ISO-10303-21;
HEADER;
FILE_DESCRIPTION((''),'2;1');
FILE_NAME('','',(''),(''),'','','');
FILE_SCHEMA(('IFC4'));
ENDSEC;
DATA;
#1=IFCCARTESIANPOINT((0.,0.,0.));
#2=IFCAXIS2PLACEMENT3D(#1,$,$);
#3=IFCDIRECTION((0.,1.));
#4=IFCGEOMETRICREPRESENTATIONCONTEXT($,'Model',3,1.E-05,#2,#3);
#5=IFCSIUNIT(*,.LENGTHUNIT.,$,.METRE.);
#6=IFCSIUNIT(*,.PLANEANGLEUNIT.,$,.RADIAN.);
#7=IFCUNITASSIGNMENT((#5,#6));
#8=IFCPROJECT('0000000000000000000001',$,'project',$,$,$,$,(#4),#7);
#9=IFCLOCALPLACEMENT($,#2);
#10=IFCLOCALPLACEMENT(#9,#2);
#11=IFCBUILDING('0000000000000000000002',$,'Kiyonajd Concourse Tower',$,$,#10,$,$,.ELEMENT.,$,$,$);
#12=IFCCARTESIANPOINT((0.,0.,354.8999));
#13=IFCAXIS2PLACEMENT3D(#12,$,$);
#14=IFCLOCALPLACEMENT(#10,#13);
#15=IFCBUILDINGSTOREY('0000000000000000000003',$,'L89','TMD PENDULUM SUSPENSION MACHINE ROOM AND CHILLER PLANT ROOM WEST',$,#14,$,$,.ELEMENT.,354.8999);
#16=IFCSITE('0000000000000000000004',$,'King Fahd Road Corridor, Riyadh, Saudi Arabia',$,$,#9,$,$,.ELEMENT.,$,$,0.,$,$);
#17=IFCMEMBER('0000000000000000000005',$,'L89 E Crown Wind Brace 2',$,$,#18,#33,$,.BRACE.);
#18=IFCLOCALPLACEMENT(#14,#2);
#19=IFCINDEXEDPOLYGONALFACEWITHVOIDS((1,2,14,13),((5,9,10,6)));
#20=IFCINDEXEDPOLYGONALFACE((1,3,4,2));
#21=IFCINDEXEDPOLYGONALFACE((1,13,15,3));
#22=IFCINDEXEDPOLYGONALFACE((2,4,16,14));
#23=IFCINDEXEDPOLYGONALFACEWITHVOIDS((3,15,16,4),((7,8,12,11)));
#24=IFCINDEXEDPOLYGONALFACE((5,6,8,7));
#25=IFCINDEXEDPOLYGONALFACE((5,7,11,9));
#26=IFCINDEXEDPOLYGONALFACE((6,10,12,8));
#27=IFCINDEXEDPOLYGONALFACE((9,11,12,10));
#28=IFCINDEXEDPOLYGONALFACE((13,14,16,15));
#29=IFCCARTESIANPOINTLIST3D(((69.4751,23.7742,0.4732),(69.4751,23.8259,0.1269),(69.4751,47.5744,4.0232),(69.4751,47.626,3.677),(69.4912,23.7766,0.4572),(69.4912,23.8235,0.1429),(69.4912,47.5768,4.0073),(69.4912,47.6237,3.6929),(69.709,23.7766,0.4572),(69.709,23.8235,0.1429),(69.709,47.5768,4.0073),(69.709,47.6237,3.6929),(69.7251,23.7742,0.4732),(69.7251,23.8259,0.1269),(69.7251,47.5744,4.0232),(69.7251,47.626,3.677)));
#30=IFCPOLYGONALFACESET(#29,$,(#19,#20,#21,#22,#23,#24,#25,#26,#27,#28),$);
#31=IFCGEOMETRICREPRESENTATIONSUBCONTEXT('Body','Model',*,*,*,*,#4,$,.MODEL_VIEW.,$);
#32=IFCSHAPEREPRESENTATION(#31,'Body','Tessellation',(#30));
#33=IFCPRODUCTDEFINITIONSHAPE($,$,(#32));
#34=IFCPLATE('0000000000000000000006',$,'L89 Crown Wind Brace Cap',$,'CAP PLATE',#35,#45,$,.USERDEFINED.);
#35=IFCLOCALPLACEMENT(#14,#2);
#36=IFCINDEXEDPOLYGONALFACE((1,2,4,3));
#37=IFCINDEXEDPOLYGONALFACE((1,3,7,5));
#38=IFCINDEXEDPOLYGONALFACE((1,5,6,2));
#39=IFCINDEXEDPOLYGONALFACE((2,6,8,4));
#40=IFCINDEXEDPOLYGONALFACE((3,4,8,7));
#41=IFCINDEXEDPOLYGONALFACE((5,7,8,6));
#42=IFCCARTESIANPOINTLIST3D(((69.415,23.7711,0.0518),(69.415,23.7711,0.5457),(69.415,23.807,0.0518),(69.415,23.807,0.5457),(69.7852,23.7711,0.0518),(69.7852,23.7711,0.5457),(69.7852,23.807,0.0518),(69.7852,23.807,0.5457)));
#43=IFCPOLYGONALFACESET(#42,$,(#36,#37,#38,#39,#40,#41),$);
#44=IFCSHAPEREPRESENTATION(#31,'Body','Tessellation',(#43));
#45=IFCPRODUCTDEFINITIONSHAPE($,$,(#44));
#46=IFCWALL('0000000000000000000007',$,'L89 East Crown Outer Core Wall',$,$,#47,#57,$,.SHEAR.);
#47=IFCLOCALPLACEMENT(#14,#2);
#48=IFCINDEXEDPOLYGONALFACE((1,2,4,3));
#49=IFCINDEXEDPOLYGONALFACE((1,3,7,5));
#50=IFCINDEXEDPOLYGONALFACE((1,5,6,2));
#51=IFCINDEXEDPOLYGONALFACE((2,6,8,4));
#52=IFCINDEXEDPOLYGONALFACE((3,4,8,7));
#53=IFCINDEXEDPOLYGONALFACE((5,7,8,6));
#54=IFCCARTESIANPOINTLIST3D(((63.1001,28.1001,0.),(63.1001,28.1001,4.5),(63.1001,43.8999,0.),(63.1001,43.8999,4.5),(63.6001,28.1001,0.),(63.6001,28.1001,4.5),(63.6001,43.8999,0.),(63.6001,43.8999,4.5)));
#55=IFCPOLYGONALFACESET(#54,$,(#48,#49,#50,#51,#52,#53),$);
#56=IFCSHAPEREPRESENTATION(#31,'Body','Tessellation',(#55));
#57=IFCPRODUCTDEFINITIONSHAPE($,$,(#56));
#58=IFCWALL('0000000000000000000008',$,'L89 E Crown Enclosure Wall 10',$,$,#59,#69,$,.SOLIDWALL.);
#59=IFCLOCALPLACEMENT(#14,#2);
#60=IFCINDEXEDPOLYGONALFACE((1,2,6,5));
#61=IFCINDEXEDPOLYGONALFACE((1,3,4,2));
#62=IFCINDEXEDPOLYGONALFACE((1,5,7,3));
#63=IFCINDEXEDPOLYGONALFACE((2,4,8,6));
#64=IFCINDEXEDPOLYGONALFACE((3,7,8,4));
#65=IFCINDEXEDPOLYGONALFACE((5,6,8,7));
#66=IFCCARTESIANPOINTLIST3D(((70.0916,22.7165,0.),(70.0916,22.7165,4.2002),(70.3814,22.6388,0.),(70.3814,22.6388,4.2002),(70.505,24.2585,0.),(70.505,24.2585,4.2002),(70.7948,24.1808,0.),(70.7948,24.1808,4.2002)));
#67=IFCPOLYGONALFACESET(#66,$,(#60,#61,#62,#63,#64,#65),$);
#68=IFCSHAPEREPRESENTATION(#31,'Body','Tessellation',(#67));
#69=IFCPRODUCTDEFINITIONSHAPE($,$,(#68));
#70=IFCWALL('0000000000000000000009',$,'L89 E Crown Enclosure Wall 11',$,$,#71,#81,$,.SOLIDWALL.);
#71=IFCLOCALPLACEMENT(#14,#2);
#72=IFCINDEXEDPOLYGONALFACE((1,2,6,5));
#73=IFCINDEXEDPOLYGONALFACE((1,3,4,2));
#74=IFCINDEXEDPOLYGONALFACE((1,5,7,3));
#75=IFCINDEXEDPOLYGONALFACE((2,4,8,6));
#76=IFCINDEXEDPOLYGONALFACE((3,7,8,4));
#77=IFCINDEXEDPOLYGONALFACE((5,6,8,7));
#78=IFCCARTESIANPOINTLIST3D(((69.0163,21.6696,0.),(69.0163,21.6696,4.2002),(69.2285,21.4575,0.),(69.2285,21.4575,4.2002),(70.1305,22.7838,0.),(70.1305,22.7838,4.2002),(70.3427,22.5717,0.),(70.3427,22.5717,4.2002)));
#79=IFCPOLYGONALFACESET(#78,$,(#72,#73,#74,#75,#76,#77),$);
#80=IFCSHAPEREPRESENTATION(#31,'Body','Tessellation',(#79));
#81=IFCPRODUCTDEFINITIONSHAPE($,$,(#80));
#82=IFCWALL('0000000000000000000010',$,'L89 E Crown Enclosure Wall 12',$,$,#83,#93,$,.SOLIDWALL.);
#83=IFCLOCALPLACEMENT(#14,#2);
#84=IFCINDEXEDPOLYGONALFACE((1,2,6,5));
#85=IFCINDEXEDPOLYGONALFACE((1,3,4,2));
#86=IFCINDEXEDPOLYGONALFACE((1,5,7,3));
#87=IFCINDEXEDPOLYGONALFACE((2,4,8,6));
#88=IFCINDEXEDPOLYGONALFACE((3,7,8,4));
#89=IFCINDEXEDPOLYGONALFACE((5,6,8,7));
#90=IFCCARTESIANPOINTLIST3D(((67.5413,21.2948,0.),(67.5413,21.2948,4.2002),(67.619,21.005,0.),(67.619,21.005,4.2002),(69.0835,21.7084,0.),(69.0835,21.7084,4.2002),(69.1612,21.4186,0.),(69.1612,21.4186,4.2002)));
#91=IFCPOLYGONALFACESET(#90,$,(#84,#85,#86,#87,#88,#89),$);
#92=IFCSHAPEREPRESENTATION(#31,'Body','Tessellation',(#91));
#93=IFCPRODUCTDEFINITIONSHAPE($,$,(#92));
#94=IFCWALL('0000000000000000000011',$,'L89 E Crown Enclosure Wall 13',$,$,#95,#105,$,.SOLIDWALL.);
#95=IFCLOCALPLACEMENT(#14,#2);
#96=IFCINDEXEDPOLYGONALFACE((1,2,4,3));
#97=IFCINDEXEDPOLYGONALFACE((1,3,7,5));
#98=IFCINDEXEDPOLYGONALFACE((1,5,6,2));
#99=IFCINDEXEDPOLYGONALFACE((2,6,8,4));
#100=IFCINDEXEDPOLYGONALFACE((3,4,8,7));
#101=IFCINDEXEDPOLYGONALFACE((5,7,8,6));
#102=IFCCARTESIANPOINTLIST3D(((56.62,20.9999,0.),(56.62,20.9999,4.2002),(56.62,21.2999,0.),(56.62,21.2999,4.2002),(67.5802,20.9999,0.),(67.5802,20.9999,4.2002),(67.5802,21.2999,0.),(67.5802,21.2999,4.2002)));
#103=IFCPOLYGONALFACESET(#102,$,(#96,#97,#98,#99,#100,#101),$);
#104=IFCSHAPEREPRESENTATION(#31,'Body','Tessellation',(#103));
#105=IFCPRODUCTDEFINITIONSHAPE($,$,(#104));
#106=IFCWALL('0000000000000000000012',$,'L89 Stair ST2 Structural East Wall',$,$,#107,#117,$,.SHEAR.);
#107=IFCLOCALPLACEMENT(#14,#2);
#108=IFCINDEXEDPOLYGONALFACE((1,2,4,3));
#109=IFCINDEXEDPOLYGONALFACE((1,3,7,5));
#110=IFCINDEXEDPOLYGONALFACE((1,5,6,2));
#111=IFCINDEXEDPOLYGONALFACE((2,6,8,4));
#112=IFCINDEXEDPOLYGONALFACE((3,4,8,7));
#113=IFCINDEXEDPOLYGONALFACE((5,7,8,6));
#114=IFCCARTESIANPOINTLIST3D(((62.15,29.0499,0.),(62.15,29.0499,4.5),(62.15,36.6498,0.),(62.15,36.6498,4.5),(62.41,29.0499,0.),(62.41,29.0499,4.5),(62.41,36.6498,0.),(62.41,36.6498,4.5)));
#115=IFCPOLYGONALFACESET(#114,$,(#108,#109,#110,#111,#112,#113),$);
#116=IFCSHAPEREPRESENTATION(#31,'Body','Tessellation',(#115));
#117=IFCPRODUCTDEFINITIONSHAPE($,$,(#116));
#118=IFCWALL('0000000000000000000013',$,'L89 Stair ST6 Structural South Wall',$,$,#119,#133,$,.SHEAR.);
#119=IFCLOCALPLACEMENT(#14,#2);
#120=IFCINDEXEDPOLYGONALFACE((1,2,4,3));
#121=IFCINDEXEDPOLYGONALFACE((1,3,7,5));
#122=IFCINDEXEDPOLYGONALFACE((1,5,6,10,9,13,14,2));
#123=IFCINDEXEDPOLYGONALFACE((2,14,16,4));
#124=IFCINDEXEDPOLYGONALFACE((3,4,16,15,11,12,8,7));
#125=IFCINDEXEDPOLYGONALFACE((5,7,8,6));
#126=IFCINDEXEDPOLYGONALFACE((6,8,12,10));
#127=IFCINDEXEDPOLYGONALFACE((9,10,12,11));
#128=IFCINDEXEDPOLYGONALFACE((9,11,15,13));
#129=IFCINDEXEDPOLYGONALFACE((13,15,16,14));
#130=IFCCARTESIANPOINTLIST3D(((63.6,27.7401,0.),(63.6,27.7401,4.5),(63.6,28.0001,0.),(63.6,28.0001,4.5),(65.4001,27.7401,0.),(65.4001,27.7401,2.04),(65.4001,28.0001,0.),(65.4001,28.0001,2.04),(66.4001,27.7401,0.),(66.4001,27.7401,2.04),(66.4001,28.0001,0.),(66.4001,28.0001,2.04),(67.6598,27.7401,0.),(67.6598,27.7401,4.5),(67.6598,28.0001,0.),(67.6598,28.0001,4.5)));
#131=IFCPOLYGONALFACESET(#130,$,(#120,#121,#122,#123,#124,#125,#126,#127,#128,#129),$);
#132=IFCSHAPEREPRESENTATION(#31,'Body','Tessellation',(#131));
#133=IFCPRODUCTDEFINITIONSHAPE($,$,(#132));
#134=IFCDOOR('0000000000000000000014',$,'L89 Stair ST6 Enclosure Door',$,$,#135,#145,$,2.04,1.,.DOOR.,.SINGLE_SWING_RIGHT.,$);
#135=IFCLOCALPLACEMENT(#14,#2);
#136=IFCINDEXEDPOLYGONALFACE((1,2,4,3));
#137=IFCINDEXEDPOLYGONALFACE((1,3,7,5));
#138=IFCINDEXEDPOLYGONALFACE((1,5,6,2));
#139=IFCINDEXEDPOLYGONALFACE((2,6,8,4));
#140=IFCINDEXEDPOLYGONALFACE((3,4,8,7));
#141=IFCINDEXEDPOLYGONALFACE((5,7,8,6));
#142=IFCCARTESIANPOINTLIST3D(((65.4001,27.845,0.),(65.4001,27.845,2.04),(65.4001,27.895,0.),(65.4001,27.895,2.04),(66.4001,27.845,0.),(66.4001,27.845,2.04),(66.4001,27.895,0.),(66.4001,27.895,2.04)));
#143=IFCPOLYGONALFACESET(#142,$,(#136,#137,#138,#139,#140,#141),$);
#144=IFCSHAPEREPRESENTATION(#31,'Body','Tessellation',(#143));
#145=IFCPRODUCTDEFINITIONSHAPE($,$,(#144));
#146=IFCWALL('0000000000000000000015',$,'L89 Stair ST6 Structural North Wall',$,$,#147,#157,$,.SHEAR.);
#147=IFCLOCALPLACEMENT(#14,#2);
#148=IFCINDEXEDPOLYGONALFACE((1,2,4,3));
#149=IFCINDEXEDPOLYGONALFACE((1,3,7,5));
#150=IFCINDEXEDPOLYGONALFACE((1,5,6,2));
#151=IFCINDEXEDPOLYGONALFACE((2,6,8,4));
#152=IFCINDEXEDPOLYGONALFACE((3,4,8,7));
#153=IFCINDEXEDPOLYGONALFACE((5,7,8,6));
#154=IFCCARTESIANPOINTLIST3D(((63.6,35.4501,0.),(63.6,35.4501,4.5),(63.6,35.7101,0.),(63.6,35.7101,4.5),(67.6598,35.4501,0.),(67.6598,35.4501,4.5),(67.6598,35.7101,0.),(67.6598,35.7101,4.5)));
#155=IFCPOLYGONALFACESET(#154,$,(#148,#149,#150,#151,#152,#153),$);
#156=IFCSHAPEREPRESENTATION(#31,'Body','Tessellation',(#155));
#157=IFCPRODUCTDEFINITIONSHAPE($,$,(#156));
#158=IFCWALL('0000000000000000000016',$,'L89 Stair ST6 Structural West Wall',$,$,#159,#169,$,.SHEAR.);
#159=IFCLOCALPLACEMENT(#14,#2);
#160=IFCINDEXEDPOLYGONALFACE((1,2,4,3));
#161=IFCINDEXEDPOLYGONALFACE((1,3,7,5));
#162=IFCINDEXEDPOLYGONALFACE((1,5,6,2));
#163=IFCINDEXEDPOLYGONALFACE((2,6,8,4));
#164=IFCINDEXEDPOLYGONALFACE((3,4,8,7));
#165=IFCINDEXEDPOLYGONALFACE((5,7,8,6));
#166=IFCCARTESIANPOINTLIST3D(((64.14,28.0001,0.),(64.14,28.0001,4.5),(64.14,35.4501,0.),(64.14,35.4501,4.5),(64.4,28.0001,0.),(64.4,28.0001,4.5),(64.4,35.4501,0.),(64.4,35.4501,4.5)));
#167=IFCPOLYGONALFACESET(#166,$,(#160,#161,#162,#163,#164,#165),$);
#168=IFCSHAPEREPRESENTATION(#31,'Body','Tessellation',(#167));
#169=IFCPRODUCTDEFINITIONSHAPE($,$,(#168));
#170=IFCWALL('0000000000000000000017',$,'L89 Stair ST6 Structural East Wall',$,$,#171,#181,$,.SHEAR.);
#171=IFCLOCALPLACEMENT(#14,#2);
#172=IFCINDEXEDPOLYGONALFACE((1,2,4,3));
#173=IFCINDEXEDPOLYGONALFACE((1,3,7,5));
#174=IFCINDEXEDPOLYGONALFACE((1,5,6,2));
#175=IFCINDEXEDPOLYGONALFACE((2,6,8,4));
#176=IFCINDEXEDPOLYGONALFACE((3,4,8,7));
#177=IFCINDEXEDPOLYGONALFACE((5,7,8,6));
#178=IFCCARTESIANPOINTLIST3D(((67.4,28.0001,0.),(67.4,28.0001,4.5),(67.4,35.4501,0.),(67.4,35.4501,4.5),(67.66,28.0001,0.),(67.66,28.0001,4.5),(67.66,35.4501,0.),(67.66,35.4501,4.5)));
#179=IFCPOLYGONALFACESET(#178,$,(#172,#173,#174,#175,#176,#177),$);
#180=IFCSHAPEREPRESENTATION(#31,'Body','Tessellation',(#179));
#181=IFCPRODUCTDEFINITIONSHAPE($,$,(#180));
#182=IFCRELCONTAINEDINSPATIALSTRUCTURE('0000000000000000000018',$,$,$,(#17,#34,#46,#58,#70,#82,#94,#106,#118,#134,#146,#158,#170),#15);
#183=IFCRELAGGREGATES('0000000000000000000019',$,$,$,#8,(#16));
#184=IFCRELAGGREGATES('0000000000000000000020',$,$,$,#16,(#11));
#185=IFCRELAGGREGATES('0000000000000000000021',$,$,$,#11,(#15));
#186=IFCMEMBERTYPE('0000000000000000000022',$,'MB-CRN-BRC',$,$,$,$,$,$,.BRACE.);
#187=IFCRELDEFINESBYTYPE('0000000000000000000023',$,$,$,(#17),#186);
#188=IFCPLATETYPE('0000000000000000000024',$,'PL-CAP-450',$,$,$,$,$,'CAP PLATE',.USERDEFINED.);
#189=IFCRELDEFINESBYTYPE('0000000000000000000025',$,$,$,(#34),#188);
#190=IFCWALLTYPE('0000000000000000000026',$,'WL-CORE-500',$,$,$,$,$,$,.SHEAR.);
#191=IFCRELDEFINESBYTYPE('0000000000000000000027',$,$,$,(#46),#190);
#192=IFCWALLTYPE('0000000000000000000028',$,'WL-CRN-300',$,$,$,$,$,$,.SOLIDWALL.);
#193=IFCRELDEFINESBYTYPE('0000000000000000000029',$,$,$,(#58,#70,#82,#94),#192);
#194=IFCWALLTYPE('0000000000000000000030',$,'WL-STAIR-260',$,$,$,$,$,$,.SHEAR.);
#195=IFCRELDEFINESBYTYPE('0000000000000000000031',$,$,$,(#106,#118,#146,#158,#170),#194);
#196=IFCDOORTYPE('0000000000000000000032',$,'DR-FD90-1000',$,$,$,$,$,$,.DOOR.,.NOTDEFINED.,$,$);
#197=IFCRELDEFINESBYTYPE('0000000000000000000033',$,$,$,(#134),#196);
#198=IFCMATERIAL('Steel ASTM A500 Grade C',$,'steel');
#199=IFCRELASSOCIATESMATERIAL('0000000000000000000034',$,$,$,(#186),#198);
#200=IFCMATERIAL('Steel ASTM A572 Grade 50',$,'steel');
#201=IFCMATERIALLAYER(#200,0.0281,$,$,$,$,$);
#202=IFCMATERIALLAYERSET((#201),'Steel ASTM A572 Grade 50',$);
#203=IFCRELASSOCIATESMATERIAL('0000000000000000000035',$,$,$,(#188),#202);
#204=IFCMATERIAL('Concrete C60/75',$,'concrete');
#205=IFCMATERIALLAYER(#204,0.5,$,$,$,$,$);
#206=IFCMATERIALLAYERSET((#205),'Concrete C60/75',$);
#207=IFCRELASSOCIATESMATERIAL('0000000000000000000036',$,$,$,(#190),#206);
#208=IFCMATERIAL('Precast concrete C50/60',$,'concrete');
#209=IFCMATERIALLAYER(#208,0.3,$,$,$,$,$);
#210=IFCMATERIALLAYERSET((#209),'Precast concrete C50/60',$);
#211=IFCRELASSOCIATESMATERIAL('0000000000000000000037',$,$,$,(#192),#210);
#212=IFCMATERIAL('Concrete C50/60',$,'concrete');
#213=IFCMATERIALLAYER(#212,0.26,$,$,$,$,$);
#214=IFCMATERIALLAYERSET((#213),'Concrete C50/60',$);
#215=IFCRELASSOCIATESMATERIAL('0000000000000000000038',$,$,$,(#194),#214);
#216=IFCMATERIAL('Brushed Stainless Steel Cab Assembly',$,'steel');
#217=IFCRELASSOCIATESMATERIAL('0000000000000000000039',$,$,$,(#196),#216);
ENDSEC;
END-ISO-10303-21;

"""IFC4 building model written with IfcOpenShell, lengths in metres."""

from ifc_helpers import new_model, si_unit, direction, frame, frame_2d, origin, origin_2d, place, context, subcontext, project, spatial, rectangle, hollow_rectangle, extrude, material, layer, layer_set, material_profile, profile_set, type_object, element, fill, save


model = new_model("IFC4")

# Units and contexts
model_context = context("Model", 3, precision=1e-05, world=origin(), true_north=direction((0.0, 1.0)))
body_context = subcontext(model_context, "Body", "Model", "MODEL_VIEW")
ifc_project = project(units=[si_unit("LENGTHUNIT", "METRE"), si_unit("PLANEANGLEUNIT", "RADIAN")], contexts=[model_context])

# Site, building, storey
site_placement = place(None, origin())
site = spatial("IfcSite", under=ifc_project, at=site_placement, Name="King Fahd Road Corridor, Riyadh, Saudi Arabia", CompositionType="ELEMENT", RefElevation=0.0)
building_placement = place(site_placement, origin())
building = spatial("IfcBuilding", under=site, at=building_placement, Name="Kiyonajd Concourse Tower", CompositionType="ELEMENT")
storey_placement = place(building_placement, frame((0.0, 0.0, 354.8999)))
storey = spatial("IfcBuildingStorey", under=building, at=storey_placement, Name="L89", Description="TMD PENDULUM SUSPENSION MACHINE ROOM AND CHILLER PLANT ROOM WEST", CompositionType="ELEMENT", Elevation=354.8999)

# Shared definitions
ifc_material_1 = material(Name="Steel ASTM A572 Grade 50", Category="steel")

# Shared definitions
ifc_material_2 = material(Name="Concrete C50/60", Category="concrete")

# Member
ifc_material_3 = material(Name="Steel ASTM A500 Grade C", Category="steel")
ifc_material_profile_1 = material_profile(ifc_material_3, hollow_rectangle(XDim=0.25, YDim=0.3501, WallThickness=0.0161, at=origin_2d()), Name="HSS-350x250x16")
ifc_profile_set_1 = profile_set([ifc_material_profile_1], Name="Steel ASTM A500 Grade C")
member_type = type_object("IfcMemberType", Name="MB-CRN-BRC", PredefinedType="BRACE", material=ifc_profile_set_1)
member_placement = place(storey_placement, frame((69.6001, 23.8, 0.3), z_axis=(0.0, 0.989058, 0.147529), x_axis=(-1.0, 0.0, 0.0)))
element("IfcMember", 1, at=member_placement, inside=storey, type_object=member_type, Name="L89 E Crown Wind Brace 2", PredefinedType="BRACE", context=body_context, shape_type="SweptSolid", body=[
    extrude(hollow_rectangle(XDim=0.25, YDim=0.3501, WallThickness=0.0161, at=origin_2d()), origin(), (0.0, 0.0, 1.0), 24.0635),
])

# Plate
ifc_layer_1 = layer(ifc_material_1, 0.0281)
ifc_layer_set_1 = layer_set([ifc_layer_1], Name="Steel ASTM A572 Grade 50")
plate_type = type_object("IfcPlateType", Name="PL-CAP-450", ElementType="CAP PLATE", PredefinedType="USERDEFINED", material=ifc_layer_set_1)
plate_placement = place(storey_placement, frame((69.6001, 23.7891, 0.0518), z_axis=(0.0, 0.0, 1.0), x_axis=(0.0, -1.0, 0.0)))
element("IfcPlate", 2, at=plate_placement, inside=storey, type_object=plate_type, Name="L89 Crown Wind Brace Cap", ObjectType="CAP PLATE", PredefinedType="USERDEFINED", context=body_context, shape_type="SweptSolid", body=[
    extrude(rectangle(XDim=0.0359, YDim=0.3701, at=origin_2d()), origin(), (0.0, 0.0, 1.0), 0.4939),
])

# Walls
ifc_material_4 = material(Name="Concrete C60/75", Category="concrete")
ifc_layer_2 = layer(ifc_material_4, 0.5)
ifc_layer_set_2 = layer_set([ifc_layer_2], Name="Concrete C60/75")
wall_type_1 = type_object("IfcWallType", Name="WL-CORE-500", PredefinedType="SHEAR", material=ifc_layer_set_2)
wall_1_placement = place(storey_placement, frame((63.3501, 28.1001, 0.0), z_axis=(0.0, 0.0, 1.0), x_axis=(0.0, 1.0, 0.0)))
element("IfcWall", 3, at=wall_1_placement, inside=storey, type_object=wall_type_1, Name="L89 East Crown Outer Core Wall", PredefinedType="SHEAR", context=body_context, shape_type="SweptSolid", body=[
    extrude(rectangle(XDim=15.7998, YDim=0.5, at=frame_2d((7.8999, 0.0))), origin(), (0.0, 0.0, 1.0), 4.5),
])
ifc_material_5 = material(Name="Precast concrete C50/60", Category="concrete")
ifc_layer_3 = layer(ifc_material_5, 0.3)
ifc_layer_set_3 = layer_set([ifc_layer_3], Name="Precast concrete C50/60")
wall_type_2 = type_object("IfcWallType", Name="WL-CRN-300", PredefinedType="SOLIDWALL", material=ifc_layer_set_3)
wall_2_placement = place(storey_placement, frame((70.6499, 24.2197, 0.0), z_axis=(0.0, 0.0, 1.0), x_axis=(-0.258909, -0.965902, 0.0)))
element("IfcWall", 4, at=wall_2_placement, inside=storey, type_object=wall_type_2, Name="L89 E Crown Enclosure Wall 10", PredefinedType="SOLIDWALL", context=body_context, shape_type="SweptSolid", body=[
    extrude(rectangle(XDim=1.5964, YDim=0.3, at=frame_2d((0.7983, 0.0))), origin(), (0.0, 0.0, 1.0), 4.2002),
])
wall_3_placement = place(storey_placement, frame((70.2366, 22.6777, 0.0), z_axis=(0.0, 0.0, 1.0), x_axis=(-0.707107, -0.707107, 0.0)))
element("IfcWall", 5, at=wall_3_placement, inside=storey, type_object=wall_type_2, Name="L89 E Crown Enclosure Wall 11", PredefinedType="SOLIDWALL", context=body_context, shape_type="SweptSolid", body=[
    extrude(rectangle(XDim=1.5757, YDim=0.3, at=frame_2d((0.7878, 0.0))), origin(), (0.0, 0.0, 1.0), 4.2002),
])
wall_4_placement = place(storey_placement, frame((69.1223, 21.5635, 0.0), z_axis=(0.0, 0.0, 1.0), x_axis=(-0.965874, -0.259014, 0.0)))
element("IfcWall", 6, at=wall_4_placement, inside=storey, type_object=wall_type_2, Name="L89 E Crown Enclosure Wall 12", PredefinedType="SOLIDWALL", context=body_context, shape_type="SweptSolid", body=[
    extrude(rectangle(XDim=1.5967, YDim=0.3, at=frame_2d((0.7983, 0.0))), origin(), (0.0, 0.0, 1.0), 4.2002),
])
wall_5_placement = place(storey_placement, frame((67.5801, 21.1499, 0.0), z_axis=(0.0, 0.0, 1.0), x_axis=(-1.0, 0.0, 0.0)))
element("IfcWall", 7, at=wall_5_placement, inside=storey, type_object=wall_type_2, Name="L89 E Crown Enclosure Wall 13", PredefinedType="SOLIDWALL", context=body_context, shape_type="SweptSolid", body=[
    extrude(rectangle(XDim=10.9602, YDim=0.3, at=frame_2d((5.48, 0.0))), origin(), (0.0, 0.0, 1.0), 4.2002),
])
ifc_layer_4 = layer(ifc_material_2, 0.26)
ifc_layer_set_4 = layer_set([ifc_layer_4], Name="Concrete C50/60")
wall_type_3 = type_object("IfcWallType", Name="WL-STAIR-260", PredefinedType="SHEAR", material=ifc_layer_set_4)
wall_6_placement = place(storey_placement, frame((62.28, 29.05, 0.0), z_axis=(0.0, 0.0, 1.0), x_axis=(0.0, 1.0, 0.0)))
element("IfcWall", 8, at=wall_6_placement, inside=storey, type_object=wall_type_3, Name="L89 Stair ST2 Structural East Wall", PredefinedType="SHEAR", context=body_context, shape_type="SweptSolid", body=[
    extrude(rectangle(XDim=7.5999, YDim=0.26, at=frame_2d((3.7998, 0.0))), origin(), (0.0, 0.0, 1.0), 4.5),
])

# Wall, opening, door
wall_7_placement = place(storey_placement, frame((63.6001, 27.8701, 0.0), z_axis=(0.0, 0.0, 1.0), x_axis=(1.0, 0.0, 0.0)))
wall_7 = element("IfcWall", 9, at=wall_7_placement, inside=storey, type_object=wall_type_3, Name="L89 Stair ST6 Structural South Wall", PredefinedType="SHEAR", context=body_context, shape_type="SweptSolid", body=[
    extrude(rectangle(XDim=4.0598, YDim=0.26, at=frame_2d((2.0298, 0.0))), origin(), (0.0, 0.0, 1.0), 4.5),
])
opening_placement = place(wall_7_placement, frame((1.8, 0.0, 0.0)))
opening = element("IfcOpeningElement", 10, at=opening_placement, cuts=wall_7, PredefinedType="OPENING", context=body_context, shape_type="SweptSolid", body=[
    extrude(rectangle(XDim=1.0, YDim=2.04, at=frame_2d((0.5, 1.02))), frame((0.0, 0.1399, 0.0), z_axis=(0.0, -1.0, 0.0), x_axis=(1.0, 0.0, 0.0)), (0.0, 0.0, 1.0), 0.28),
])
ifc_material_6 = material(Name="Brushed Stainless Steel Cab Assembly", Category="steel")
door_type = type_object("IfcDoorType", Name="DR-FD90-1000", OperationType="NOTDEFINED", PredefinedType="DOOR", material=ifc_material_6)
door_placement = place(opening_placement, origin())
door = element("IfcDoor", 11, at=door_placement, inside=storey, type_object=door_type, Name="L89 Stair ST6 Enclosure Door", OperationType="SINGLE_SWING_RIGHT", OverallHeight=2.04, OverallWidth=1.0, PredefinedType="DOOR", context=body_context, shape_type="SweptSolid", body=[
    extrude(rectangle(XDim=1.0, YDim=2.04, at=frame_2d((0.5, 1.02))), frame((0.0, 0.0249, 0.0), z_axis=(0.0, -1.0, 0.0), x_axis=(1.0, 0.0, 0.0)), (0.0, 0.0, 1.0), 0.05),
])
fill(opening, door)

# Walls
wall_8_placement = place(storey_placement, frame((63.6001, 35.5801, 0.0), z_axis=(0.0, 0.0, 1.0), x_axis=(1.0, 0.0, 0.0)))
element("IfcWall", 12, at=wall_8_placement, inside=storey, type_object=wall_type_3, Name="L89 Stair ST6 Structural North Wall", PredefinedType="SHEAR", context=body_context, shape_type="SweptSolid", body=[
    extrude(rectangle(XDim=4.0598, YDim=0.26, at=frame_2d((2.0298, 0.0))), origin(), (0.0, 0.0, 1.0), 4.5),
])
for number, where, z_axis, x_axis, name in (
    (13, (64.27, 28.0, 0.0), (0.0, 0.0, 1.0), (0.0, 1.0, 0.0), "L89 Stair ST6 Structural West Wall"),
    (14, (67.53, 28.0, 0.0), (0.0, 0.0, 1.0), (0.0, 1.0, 0.0), "L89 Stair ST6 Structural East Wall"),
):
    element("IfcWall", number, at=place(storey_placement, frame(where, z_axis=z_axis, x_axis=x_axis)), inside=storey, type_object=wall_type_3, Name=name, PredefinedType="SHEAR", context=body_context, shape_type="SweptSolid", body=[
        extrude(rectangle(XDim=7.45, YDim=0.26, at=frame_2d((3.7251, 0.0))), origin(), (0.0, 0.0, 1.0), 4.5),
    ])

save(model, "model.ifc")
